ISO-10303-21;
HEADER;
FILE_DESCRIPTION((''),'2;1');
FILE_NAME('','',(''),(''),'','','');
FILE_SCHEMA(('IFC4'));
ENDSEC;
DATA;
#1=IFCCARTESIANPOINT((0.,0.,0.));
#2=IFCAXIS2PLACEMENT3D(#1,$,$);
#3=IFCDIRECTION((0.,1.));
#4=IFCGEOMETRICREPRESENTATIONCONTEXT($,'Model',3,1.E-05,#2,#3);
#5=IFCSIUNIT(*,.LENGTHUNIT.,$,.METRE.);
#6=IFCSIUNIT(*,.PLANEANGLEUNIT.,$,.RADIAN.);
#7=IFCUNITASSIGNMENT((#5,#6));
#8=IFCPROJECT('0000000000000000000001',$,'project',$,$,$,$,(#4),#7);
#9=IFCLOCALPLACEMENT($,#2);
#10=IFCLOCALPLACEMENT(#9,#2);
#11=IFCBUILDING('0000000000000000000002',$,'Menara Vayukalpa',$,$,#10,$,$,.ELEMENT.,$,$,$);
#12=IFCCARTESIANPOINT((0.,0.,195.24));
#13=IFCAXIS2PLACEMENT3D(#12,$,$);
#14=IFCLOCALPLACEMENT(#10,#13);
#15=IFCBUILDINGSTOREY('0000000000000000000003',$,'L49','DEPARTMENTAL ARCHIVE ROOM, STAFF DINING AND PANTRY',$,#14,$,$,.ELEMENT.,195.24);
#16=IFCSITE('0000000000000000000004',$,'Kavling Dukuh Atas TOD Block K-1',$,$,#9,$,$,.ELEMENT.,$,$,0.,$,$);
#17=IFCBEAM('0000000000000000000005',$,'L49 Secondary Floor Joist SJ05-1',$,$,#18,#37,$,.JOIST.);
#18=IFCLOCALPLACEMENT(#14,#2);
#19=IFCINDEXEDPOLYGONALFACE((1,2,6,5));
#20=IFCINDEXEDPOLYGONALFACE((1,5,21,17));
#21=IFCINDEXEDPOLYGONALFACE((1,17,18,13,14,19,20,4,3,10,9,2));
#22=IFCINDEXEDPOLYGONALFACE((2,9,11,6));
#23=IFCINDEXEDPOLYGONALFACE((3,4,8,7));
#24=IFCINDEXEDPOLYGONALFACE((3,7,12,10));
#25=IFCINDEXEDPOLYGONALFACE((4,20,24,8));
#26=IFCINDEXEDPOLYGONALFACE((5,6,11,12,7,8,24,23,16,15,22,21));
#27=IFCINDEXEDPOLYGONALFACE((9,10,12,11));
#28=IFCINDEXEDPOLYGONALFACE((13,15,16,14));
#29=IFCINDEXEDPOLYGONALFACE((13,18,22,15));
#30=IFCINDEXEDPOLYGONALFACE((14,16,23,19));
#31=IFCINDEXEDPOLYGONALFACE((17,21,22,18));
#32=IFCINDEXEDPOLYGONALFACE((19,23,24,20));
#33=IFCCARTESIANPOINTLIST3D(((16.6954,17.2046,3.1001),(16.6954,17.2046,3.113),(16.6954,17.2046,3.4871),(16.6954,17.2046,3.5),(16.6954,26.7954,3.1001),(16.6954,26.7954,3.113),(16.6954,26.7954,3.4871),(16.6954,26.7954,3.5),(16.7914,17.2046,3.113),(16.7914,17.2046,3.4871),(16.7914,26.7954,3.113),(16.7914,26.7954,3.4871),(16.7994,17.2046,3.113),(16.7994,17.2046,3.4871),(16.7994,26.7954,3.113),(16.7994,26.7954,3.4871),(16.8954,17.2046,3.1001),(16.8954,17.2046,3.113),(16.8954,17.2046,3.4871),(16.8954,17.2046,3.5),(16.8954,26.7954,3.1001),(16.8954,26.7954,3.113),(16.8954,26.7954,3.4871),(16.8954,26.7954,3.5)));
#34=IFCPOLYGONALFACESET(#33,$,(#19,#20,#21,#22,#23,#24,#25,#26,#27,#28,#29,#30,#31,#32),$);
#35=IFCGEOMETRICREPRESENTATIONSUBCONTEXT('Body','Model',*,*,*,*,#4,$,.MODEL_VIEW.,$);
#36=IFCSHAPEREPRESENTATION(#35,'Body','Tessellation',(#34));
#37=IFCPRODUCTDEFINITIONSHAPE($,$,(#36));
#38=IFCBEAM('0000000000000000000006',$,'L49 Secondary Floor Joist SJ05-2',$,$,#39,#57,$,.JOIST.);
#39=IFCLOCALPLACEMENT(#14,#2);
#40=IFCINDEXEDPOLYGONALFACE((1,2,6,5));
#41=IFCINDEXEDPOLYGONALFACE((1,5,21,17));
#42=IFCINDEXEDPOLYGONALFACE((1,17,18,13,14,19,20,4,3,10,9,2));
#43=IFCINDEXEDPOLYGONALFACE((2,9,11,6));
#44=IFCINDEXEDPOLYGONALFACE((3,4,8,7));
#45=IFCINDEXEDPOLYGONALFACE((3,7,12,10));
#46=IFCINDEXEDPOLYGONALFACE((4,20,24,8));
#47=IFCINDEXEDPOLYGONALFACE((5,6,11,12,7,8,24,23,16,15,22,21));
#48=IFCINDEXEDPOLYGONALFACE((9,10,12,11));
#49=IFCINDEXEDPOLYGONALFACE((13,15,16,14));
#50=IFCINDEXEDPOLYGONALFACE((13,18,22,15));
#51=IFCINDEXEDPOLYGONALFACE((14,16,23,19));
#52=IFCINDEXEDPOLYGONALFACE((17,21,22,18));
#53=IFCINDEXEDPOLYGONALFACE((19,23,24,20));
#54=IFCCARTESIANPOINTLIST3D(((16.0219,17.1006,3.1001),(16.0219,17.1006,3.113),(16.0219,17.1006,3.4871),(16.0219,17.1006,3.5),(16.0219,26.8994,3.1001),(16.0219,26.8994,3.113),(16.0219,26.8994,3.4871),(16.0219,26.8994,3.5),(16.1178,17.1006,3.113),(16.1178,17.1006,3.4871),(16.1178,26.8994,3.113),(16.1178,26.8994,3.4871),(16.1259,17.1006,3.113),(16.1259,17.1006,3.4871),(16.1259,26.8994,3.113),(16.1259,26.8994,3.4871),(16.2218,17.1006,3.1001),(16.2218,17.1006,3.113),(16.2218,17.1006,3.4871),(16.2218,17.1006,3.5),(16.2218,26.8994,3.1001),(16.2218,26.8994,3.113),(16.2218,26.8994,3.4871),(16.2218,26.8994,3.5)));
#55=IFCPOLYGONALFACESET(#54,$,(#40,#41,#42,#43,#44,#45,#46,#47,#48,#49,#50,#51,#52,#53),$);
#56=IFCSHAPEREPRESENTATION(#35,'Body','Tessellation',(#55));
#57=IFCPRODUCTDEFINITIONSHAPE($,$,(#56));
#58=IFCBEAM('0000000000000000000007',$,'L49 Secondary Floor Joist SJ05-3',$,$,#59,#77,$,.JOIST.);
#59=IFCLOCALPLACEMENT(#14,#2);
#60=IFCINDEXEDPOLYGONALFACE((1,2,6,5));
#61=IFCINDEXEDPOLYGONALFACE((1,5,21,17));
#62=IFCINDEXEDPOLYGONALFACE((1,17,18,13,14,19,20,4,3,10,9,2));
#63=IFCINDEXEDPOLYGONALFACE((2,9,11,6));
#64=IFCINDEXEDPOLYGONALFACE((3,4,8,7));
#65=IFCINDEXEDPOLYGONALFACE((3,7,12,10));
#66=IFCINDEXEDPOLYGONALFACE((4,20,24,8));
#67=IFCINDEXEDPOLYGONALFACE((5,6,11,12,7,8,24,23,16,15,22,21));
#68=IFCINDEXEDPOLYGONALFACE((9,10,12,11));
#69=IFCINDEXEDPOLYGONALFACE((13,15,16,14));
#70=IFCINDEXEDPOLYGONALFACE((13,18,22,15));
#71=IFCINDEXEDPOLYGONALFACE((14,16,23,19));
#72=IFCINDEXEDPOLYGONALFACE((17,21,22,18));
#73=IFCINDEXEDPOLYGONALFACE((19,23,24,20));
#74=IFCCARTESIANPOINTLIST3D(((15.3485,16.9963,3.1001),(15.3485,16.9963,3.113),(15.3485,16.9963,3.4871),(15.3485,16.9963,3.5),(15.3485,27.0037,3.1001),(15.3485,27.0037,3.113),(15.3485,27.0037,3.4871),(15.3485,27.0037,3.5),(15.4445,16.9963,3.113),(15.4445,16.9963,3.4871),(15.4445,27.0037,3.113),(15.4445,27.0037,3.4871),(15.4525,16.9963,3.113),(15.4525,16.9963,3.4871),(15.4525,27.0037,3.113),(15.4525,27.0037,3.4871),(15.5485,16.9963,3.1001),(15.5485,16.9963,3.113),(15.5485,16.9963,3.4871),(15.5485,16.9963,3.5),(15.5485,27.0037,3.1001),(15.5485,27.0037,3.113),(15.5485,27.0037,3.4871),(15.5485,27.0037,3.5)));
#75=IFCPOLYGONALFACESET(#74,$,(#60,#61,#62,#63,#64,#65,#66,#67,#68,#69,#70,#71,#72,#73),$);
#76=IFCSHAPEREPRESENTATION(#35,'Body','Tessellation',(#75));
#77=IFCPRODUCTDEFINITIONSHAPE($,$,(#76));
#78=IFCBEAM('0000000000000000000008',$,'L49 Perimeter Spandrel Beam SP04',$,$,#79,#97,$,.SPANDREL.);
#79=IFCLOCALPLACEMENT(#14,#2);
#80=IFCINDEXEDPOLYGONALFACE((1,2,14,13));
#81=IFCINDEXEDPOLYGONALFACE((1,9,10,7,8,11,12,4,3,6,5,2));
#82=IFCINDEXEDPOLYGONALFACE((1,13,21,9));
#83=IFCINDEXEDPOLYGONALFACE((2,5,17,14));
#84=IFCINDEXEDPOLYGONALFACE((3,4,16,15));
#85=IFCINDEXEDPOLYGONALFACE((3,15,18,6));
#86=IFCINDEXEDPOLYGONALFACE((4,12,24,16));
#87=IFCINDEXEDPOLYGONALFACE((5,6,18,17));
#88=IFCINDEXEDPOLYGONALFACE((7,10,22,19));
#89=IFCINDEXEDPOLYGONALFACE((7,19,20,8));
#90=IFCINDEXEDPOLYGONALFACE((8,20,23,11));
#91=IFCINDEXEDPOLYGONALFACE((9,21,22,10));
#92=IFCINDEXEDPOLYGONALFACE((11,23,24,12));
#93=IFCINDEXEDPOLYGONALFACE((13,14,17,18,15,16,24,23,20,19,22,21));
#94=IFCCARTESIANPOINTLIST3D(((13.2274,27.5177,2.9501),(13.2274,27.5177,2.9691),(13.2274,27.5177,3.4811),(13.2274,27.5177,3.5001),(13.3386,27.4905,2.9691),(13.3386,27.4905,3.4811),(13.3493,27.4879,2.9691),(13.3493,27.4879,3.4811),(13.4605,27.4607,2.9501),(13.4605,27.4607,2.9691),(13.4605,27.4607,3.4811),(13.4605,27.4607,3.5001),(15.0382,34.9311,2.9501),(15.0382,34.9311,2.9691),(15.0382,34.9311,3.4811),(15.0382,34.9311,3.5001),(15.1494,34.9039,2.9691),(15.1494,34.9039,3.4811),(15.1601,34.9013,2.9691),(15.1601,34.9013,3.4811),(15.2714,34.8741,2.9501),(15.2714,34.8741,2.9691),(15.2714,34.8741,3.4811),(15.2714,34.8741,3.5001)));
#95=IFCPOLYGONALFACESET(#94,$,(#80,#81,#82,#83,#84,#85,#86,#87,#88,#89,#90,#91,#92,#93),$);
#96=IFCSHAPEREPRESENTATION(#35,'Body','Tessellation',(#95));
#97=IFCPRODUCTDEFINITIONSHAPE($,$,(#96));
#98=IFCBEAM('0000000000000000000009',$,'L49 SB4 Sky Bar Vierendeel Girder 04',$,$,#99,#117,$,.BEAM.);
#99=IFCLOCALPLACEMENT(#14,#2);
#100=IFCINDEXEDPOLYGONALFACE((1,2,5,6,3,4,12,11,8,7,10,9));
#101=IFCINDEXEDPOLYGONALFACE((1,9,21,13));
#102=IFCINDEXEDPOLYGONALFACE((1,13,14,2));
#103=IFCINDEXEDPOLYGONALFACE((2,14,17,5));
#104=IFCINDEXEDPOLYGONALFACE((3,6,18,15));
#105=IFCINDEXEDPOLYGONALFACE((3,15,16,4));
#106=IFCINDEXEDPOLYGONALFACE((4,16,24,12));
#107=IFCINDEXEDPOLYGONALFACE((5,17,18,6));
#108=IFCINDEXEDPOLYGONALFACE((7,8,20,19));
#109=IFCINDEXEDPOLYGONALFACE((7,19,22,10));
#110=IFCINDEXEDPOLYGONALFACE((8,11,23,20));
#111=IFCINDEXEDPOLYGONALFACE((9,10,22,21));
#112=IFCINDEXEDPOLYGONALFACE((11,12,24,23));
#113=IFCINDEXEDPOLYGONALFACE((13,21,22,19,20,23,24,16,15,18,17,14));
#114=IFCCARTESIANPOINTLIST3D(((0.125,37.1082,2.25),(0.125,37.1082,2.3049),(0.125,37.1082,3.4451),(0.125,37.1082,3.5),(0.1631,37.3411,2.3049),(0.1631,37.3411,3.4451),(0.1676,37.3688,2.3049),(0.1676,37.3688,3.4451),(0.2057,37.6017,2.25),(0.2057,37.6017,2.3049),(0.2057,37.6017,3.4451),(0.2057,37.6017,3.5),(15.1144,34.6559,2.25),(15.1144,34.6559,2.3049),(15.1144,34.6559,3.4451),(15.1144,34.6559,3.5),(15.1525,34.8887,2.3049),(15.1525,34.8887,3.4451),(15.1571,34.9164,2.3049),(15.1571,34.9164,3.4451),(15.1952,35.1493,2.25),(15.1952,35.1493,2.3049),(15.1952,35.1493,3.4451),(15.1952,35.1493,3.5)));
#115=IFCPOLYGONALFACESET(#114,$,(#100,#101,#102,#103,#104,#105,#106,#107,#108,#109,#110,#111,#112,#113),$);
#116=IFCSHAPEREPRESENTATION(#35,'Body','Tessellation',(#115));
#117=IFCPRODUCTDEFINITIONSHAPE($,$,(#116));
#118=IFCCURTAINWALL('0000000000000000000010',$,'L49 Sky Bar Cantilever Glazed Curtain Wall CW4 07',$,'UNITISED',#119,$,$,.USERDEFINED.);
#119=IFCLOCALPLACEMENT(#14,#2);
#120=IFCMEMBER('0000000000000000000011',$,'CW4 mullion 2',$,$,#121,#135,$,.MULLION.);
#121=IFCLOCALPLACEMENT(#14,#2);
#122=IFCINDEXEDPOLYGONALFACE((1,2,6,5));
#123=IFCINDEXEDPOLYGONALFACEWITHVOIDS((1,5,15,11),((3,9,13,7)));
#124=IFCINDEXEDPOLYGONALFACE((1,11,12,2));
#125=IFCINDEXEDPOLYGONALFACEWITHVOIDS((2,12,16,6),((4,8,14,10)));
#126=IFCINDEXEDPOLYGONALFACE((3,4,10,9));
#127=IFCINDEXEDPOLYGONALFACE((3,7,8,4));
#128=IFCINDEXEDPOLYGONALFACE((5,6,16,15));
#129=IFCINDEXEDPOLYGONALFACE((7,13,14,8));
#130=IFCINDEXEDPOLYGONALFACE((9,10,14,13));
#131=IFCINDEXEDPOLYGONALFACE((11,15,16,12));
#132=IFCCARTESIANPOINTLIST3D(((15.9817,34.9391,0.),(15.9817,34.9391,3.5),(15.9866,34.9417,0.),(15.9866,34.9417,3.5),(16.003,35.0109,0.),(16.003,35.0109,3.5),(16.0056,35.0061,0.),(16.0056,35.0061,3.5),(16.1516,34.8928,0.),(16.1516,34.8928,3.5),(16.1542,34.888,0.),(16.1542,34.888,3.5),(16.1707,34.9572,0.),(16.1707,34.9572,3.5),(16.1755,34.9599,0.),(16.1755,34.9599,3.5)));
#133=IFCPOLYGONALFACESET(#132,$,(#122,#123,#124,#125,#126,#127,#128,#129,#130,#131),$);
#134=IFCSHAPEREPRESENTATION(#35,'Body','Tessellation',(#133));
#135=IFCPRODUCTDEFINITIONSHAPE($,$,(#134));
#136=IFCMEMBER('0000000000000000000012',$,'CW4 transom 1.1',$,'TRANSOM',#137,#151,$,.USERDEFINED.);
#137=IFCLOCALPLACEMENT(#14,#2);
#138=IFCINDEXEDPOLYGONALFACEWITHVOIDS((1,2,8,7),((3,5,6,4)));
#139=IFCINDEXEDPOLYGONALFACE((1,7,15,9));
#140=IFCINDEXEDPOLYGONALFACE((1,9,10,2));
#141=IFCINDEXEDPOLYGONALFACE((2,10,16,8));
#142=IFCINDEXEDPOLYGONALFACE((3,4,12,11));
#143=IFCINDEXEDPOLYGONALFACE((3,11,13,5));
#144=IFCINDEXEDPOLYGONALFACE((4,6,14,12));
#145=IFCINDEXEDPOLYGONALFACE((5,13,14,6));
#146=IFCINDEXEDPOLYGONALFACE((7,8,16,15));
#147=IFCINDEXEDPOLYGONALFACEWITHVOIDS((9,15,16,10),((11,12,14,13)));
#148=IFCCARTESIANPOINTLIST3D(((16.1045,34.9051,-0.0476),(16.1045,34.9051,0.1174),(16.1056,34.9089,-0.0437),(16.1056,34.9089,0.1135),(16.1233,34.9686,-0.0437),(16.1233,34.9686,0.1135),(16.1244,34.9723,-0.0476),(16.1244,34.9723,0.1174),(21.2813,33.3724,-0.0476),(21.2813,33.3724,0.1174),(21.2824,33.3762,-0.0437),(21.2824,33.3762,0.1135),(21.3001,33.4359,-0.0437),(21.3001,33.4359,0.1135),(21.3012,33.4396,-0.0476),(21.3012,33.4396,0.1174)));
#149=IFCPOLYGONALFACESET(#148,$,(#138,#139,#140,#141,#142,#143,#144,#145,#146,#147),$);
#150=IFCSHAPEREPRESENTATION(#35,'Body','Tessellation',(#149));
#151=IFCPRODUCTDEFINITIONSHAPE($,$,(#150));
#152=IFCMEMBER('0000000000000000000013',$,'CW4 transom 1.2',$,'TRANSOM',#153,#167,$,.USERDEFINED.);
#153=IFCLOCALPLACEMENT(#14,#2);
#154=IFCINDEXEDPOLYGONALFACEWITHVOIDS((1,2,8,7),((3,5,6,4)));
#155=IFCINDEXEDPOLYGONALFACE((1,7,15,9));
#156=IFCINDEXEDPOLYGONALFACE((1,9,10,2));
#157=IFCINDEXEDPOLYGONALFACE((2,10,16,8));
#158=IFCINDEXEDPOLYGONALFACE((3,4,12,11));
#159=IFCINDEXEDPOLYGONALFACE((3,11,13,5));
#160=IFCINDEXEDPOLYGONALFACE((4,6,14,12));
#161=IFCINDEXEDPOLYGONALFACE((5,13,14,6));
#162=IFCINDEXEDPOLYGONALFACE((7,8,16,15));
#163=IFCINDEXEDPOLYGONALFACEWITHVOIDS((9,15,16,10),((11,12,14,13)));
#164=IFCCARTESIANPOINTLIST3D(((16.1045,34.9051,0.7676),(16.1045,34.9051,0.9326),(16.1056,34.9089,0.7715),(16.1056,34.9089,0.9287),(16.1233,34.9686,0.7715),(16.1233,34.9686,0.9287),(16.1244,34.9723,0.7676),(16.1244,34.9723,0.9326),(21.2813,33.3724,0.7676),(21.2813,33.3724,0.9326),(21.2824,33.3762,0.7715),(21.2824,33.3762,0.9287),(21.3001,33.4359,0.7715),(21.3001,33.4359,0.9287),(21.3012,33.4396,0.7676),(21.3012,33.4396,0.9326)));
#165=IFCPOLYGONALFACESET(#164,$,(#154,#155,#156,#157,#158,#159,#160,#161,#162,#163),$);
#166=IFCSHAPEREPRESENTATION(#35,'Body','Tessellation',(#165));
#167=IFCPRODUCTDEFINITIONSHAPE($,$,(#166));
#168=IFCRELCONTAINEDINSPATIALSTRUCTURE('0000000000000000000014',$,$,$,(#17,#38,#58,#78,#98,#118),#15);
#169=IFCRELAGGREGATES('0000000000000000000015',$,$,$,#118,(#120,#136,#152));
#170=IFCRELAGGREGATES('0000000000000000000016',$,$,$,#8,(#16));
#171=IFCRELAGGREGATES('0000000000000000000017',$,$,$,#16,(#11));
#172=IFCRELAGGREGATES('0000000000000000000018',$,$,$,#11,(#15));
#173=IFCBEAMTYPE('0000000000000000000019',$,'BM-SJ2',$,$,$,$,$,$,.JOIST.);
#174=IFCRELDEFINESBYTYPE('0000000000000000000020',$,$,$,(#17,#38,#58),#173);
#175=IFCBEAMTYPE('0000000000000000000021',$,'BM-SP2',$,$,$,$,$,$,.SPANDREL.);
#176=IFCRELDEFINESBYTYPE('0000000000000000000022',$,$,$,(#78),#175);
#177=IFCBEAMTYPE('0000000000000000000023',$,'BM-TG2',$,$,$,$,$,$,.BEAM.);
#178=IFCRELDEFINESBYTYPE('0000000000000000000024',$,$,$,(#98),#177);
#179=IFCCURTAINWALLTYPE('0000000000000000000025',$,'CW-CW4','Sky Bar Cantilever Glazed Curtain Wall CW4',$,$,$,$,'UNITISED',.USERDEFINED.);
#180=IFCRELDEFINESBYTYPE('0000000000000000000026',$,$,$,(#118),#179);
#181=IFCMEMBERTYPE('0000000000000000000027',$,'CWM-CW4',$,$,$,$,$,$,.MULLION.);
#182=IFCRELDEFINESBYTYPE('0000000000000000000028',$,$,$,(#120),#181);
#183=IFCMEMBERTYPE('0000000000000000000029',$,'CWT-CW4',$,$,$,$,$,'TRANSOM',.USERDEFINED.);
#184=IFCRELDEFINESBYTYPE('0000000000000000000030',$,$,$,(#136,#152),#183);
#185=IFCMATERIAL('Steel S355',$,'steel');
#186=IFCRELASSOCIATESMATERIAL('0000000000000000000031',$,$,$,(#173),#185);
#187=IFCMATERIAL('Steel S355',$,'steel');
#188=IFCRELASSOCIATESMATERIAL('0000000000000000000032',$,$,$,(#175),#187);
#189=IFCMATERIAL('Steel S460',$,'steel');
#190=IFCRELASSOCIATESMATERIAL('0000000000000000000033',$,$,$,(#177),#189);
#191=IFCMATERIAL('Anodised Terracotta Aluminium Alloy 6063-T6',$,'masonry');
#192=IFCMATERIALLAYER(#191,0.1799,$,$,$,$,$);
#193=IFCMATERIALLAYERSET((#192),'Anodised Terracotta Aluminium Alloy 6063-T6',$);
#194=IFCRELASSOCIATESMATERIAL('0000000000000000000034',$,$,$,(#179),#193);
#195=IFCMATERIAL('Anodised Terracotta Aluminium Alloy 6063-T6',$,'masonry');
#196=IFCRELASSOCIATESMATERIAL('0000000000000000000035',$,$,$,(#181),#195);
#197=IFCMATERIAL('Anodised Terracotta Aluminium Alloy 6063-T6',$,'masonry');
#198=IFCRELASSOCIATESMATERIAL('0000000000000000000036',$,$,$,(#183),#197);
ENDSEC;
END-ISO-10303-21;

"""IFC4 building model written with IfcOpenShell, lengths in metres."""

from ifc_helpers import new_model, si_unit, direction, frame, origin, origin_2d, place, context, subcontext, project, spatial, hollow_rectangle, i_section, extrude, material, layer, layer_set, material_profile, profile_set, type_object, element, aggregate, save


model = new_model("IFC4")

# Units and contexts
model_context = context("Model", 3, precision=1e-05, world=origin(), true_north=direction((0.0, 1.0)))
body_context = subcontext(model_context, "Body", "Model", "MODEL_VIEW")
ifc_project = project(units=[si_unit("LENGTHUNIT", "METRE"), si_unit("PLANEANGLEUNIT", "RADIAN")], contexts=[model_context])

# Site, building, storey
site_placement = place(None, origin())
site = spatial("IfcSite", under=ifc_project, at=site_placement, Name="Kavling Dukuh Atas TOD Block K-1", CompositionType="ELEMENT", RefElevation=0.0)
building_placement = place(site_placement, origin())
building = spatial("IfcBuilding", under=site, at=building_placement, Name="Menara Vayukalpa", CompositionType="ELEMENT")
storey_placement = place(building_placement, frame((0.0, 0.0, 195.24)))
storey = spatial("IfcBuildingStorey", under=building, at=storey_placement, Name="L49", Description="DEPARTMENTAL ARCHIVE ROOM, STAFF DINING AND PANTRY", CompositionType="ELEMENT", Elevation=195.24)

# Beams
ifc_material_1 = material(Name="Steel S355", Category="steel")
ifc_material_profile_1 = material_profile(ifc_material_1, i_section(OverallWidth=0.2, OverallDepth=0.3999, WebThickness=0.0081, FlangeThickness=0.0129, at=origin_2d()), Name="WF 400x200x8x13")
ifc_profile_set_1 = profile_set([ifc_material_profile_1], Name="Steel S355")
beam_type_1 = type_object("IfcBeamType", Name="BM-SJ2", PredefinedType="JOIST", material=ifc_profile_set_1)
beam_1_placement = place(storey_placement, frame((16.7954, 26.7954, 3.3), z_axis=(0.0, -1.0, 0.0), x_axis=(1.0, 0.0, 0.0)))
element("IfcBeam", 1, at=beam_1_placement, inside=storey, type_object=beam_type_1, Name="L49 Secondary Floor Joist SJ05-1", PredefinedType="JOIST", context=body_context, shape_type="SweptSolid", body=[
    extrude(i_section(OverallWidth=0.2, OverallDepth=0.3999, WebThickness=0.0081, FlangeThickness=0.0129, at=origin_2d()), origin(), (0.0, 0.0, 1.0), 9.5908),
])
beam_2_placement = place(storey_placement, frame((16.1218, 26.8994, 3.3), z_axis=(0.0, -1.0, 0.0), x_axis=(1.0, 0.0, 0.0)))
element("IfcBeam", 2, at=beam_2_placement, inside=storey, type_object=beam_type_1, Name="L49 Secondary Floor Joist SJ05-2", PredefinedType="JOIST", context=body_context, shape_type="SweptSolid", body=[
    extrude(i_section(OverallWidth=0.2, OverallDepth=0.3999, WebThickness=0.0081, FlangeThickness=0.0129, at=origin_2d()), origin(), (0.0, 0.0, 1.0), 9.7988),
])
beam_3_placement = place(storey_placement, frame((15.4485, 27.0037, 3.3), z_axis=(0.0, -1.0, 0.0), x_axis=(1.0, 0.0, 0.0)))
element("IfcBeam", 3, at=beam_3_placement, inside=storey, type_object=beam_type_1, Name="L49 Secondary Floor Joist SJ05-3", PredefinedType="JOIST", context=body_context, shape_type="SweptSolid", body=[
    extrude(i_section(OverallWidth=0.2, OverallDepth=0.3999, WebThickness=0.0081, FlangeThickness=0.0129, at=origin_2d()), origin(), (0.0, 0.0, 1.0), 10.0073),
])
ifc_material_2 = material(Name="Steel S355", Category="steel")
ifc_material_profile_2 = material_profile(ifc_material_2, i_section(OverallWidth=0.24, OverallDepth=0.55, WebThickness=0.011, FlangeThickness=0.019, at=origin_2d()), Name="WF 550x240x11x19")
ifc_profile_set_2 = profile_set([ifc_material_profile_2], Name="Steel S355")
beam_type_2 = type_object("IfcBeamType", Name="BM-SP2", PredefinedType="SPANDREL", material=ifc_profile_set_2)
beam_4_placement = place(storey_placement, frame((15.1548, 34.9026, 3.2251), z_axis=(-0.237285, -0.97144, 0.0), x_axis=(0.97144, -0.237285, 0.0)))
element("IfcBeam", 4, at=beam_4_placement, inside=storey, type_object=beam_type_2, Name="L49 Perimeter Spandrel Beam SP04", PredefinedType="SPANDREL", context=body_context, shape_type="SweptSolid", body=[
    extrude(i_section(OverallWidth=0.24, OverallDepth=0.55, WebThickness=0.011, FlangeThickness=0.019, at=origin_2d()), origin(), (0.0, 0.0, 1.0), 7.6313),
])
ifc_material_3 = material(Name="Steel S460", Category="steel")
ifc_material_profile_3 = material_profile(ifc_material_3, i_section(OverallWidth=0.5, OverallDepth=1.25, WebThickness=0.0281, FlangeThickness=0.0549, at=origin_2d()), Name="WG 1250x500x28x55")
ifc_profile_set_3 = profile_set([ifc_material_profile_3], Name="Steel S460")
beam_type_3 = type_object("IfcBeamType", Name="BM-TG2", PredefinedType="BEAM", material=ifc_profile_set_3)
beam_5_placement = place(storey_placement, frame((15.1548, 34.9026, 2.875), z_axis=(-0.986879, 0.161461, 0.0), x_axis=(-0.161461, -0.986879, 0.0)))
element("IfcBeam", 5, at=beam_5_placement, inside=storey, type_object=beam_type_3, Name="L49 SB4 Sky Bar Vierendeel Girder 04", PredefinedType="BEAM", context=body_context, shape_type="SweptSolid", body=[
    extrude(i_section(OverallWidth=0.5, OverallDepth=1.25, WebThickness=0.0281, FlangeThickness=0.0549, at=origin_2d()), origin(), (0.0, 0.0, 1.0), 15.1887),
])

# Curtain wall, members
ifc_material_4 = material(Name="Anodised Terracotta Aluminium Alloy 6063-T6", Category="masonry")
ifc_layer_1 = layer(ifc_material_4, 0.1799)
ifc_layer_set_1 = layer_set([ifc_layer_1], Name="Anodised Terracotta Aluminium Alloy 6063-T6")
curtain_wall_type = type_object("IfcCurtainWallType", Name="CW-CW4", Description="Sky Bar Cantilever Glazed Curtain Wall CW4", ElementType="UNITISED", PredefinedType="USERDEFINED", material=ifc_layer_set_1)
curtain_wall_placement = place(storey_placement, origin())
curtain_wall = element("IfcCurtainWall", 6, at=curtain_wall_placement, inside=storey, type_object=curtain_wall_type, Name="L49 Sky Bar Cantilever Glazed Curtain Wall CW4 07", ObjectType="UNITISED", PredefinedType="USERDEFINED")
ifc_material_5 = material(Name="Anodised Terracotta Aluminium Alloy 6063-T6", Category="masonry")
ifc_material_profile_4 = material_profile(ifc_material_5, hollow_rectangle(XDim=0.075, YDim=0.1799, WallThickness=0.0039, at=origin_2d()), Name="ALU 75x180x4")
ifc_profile_set_4 = profile_set([ifc_material_profile_4], Name="Anodised Terracotta Aluminium Alloy 6063-T6")
member_type_1 = type_object("IfcMemberType", Name="CWM-CW4", PredefinedType="MULLION", material=ifc_profile_set_4)
member_1_placement = place(storey_placement, frame((16.0786, 34.9495, 0.0), z_axis=(0.0, 0.0, 1.0), x_axis=(-0.283894, -0.958856, 0.0)))
member_1 = element("IfcMember", 7, at=member_1_placement, type_object=member_type_1, Name="CW4 mullion 2", PredefinedType="MULLION", context=body_context, shape_type="SweptSolid", body=[
    extrude(hollow_rectangle(XDim=0.075, YDim=0.1799, WallThickness=0.0039, at=origin_2d()), origin(), (0.0, 0.0, 1.0), 3.5),
])
ifc_material_6 = material(Name="Anodised Terracotta Aluminium Alloy 6063-T6", Category="masonry")
ifc_material_profile_5 = material_profile(ifc_material_6, hollow_rectangle(XDim=0.0701, YDim=0.165, WallThickness=0.0039, at=origin_2d()), Name="ALU 70x165x4")
ifc_profile_set_5 = profile_set([ifc_material_profile_5], Name="Anodised Terracotta Aluminium Alloy 6063-T6")
member_type_2 = type_object("IfcMemberType", Name="CWT-CW4", ElementType="TRANSOM", PredefinedType="USERDEFINED", material=ifc_profile_set_5)
member_2_placement = place(storey_placement, frame((21.2913, 33.406, 0.0349), z_axis=(-0.958856, 0.283894, 0.0), x_axis=(-0.283894, -0.958856, 0.0)))
member_2 = element("IfcMember", 8, at=member_2_placement, type_object=member_type_2, Name="CW4 transom 1.1", ObjectType="TRANSOM", PredefinedType="USERDEFINED", context=body_context, shape_type="SweptSolid", body=[
    extrude(hollow_rectangle(XDim=0.0701, YDim=0.165, WallThickness=0.0039, at=origin_2d()), origin(), (0.0, 0.0, 1.0), 5.3989),
])
member_3_placement = place(storey_placement, frame((21.2913, 33.406, 0.8501), z_axis=(-0.958856, 0.283894, 0.0), x_axis=(-0.283894, -0.958856, 0.0)))
member_3 = element("IfcMember", 9, at=member_3_placement, type_object=member_type_2, Name="CW4 transom 1.2", ObjectType="TRANSOM", PredefinedType="USERDEFINED", context=body_context, shape_type="SweptSolid", body=[
    extrude(hollow_rectangle(XDim=0.0701, YDim=0.165, WallThickness=0.0039, at=origin_2d()), origin(), (0.0, 0.0, 1.0), 5.3989),
])

aggregate(curtain_wall, [member_1, member_2, member_3])

save(model, "model.ifc")
